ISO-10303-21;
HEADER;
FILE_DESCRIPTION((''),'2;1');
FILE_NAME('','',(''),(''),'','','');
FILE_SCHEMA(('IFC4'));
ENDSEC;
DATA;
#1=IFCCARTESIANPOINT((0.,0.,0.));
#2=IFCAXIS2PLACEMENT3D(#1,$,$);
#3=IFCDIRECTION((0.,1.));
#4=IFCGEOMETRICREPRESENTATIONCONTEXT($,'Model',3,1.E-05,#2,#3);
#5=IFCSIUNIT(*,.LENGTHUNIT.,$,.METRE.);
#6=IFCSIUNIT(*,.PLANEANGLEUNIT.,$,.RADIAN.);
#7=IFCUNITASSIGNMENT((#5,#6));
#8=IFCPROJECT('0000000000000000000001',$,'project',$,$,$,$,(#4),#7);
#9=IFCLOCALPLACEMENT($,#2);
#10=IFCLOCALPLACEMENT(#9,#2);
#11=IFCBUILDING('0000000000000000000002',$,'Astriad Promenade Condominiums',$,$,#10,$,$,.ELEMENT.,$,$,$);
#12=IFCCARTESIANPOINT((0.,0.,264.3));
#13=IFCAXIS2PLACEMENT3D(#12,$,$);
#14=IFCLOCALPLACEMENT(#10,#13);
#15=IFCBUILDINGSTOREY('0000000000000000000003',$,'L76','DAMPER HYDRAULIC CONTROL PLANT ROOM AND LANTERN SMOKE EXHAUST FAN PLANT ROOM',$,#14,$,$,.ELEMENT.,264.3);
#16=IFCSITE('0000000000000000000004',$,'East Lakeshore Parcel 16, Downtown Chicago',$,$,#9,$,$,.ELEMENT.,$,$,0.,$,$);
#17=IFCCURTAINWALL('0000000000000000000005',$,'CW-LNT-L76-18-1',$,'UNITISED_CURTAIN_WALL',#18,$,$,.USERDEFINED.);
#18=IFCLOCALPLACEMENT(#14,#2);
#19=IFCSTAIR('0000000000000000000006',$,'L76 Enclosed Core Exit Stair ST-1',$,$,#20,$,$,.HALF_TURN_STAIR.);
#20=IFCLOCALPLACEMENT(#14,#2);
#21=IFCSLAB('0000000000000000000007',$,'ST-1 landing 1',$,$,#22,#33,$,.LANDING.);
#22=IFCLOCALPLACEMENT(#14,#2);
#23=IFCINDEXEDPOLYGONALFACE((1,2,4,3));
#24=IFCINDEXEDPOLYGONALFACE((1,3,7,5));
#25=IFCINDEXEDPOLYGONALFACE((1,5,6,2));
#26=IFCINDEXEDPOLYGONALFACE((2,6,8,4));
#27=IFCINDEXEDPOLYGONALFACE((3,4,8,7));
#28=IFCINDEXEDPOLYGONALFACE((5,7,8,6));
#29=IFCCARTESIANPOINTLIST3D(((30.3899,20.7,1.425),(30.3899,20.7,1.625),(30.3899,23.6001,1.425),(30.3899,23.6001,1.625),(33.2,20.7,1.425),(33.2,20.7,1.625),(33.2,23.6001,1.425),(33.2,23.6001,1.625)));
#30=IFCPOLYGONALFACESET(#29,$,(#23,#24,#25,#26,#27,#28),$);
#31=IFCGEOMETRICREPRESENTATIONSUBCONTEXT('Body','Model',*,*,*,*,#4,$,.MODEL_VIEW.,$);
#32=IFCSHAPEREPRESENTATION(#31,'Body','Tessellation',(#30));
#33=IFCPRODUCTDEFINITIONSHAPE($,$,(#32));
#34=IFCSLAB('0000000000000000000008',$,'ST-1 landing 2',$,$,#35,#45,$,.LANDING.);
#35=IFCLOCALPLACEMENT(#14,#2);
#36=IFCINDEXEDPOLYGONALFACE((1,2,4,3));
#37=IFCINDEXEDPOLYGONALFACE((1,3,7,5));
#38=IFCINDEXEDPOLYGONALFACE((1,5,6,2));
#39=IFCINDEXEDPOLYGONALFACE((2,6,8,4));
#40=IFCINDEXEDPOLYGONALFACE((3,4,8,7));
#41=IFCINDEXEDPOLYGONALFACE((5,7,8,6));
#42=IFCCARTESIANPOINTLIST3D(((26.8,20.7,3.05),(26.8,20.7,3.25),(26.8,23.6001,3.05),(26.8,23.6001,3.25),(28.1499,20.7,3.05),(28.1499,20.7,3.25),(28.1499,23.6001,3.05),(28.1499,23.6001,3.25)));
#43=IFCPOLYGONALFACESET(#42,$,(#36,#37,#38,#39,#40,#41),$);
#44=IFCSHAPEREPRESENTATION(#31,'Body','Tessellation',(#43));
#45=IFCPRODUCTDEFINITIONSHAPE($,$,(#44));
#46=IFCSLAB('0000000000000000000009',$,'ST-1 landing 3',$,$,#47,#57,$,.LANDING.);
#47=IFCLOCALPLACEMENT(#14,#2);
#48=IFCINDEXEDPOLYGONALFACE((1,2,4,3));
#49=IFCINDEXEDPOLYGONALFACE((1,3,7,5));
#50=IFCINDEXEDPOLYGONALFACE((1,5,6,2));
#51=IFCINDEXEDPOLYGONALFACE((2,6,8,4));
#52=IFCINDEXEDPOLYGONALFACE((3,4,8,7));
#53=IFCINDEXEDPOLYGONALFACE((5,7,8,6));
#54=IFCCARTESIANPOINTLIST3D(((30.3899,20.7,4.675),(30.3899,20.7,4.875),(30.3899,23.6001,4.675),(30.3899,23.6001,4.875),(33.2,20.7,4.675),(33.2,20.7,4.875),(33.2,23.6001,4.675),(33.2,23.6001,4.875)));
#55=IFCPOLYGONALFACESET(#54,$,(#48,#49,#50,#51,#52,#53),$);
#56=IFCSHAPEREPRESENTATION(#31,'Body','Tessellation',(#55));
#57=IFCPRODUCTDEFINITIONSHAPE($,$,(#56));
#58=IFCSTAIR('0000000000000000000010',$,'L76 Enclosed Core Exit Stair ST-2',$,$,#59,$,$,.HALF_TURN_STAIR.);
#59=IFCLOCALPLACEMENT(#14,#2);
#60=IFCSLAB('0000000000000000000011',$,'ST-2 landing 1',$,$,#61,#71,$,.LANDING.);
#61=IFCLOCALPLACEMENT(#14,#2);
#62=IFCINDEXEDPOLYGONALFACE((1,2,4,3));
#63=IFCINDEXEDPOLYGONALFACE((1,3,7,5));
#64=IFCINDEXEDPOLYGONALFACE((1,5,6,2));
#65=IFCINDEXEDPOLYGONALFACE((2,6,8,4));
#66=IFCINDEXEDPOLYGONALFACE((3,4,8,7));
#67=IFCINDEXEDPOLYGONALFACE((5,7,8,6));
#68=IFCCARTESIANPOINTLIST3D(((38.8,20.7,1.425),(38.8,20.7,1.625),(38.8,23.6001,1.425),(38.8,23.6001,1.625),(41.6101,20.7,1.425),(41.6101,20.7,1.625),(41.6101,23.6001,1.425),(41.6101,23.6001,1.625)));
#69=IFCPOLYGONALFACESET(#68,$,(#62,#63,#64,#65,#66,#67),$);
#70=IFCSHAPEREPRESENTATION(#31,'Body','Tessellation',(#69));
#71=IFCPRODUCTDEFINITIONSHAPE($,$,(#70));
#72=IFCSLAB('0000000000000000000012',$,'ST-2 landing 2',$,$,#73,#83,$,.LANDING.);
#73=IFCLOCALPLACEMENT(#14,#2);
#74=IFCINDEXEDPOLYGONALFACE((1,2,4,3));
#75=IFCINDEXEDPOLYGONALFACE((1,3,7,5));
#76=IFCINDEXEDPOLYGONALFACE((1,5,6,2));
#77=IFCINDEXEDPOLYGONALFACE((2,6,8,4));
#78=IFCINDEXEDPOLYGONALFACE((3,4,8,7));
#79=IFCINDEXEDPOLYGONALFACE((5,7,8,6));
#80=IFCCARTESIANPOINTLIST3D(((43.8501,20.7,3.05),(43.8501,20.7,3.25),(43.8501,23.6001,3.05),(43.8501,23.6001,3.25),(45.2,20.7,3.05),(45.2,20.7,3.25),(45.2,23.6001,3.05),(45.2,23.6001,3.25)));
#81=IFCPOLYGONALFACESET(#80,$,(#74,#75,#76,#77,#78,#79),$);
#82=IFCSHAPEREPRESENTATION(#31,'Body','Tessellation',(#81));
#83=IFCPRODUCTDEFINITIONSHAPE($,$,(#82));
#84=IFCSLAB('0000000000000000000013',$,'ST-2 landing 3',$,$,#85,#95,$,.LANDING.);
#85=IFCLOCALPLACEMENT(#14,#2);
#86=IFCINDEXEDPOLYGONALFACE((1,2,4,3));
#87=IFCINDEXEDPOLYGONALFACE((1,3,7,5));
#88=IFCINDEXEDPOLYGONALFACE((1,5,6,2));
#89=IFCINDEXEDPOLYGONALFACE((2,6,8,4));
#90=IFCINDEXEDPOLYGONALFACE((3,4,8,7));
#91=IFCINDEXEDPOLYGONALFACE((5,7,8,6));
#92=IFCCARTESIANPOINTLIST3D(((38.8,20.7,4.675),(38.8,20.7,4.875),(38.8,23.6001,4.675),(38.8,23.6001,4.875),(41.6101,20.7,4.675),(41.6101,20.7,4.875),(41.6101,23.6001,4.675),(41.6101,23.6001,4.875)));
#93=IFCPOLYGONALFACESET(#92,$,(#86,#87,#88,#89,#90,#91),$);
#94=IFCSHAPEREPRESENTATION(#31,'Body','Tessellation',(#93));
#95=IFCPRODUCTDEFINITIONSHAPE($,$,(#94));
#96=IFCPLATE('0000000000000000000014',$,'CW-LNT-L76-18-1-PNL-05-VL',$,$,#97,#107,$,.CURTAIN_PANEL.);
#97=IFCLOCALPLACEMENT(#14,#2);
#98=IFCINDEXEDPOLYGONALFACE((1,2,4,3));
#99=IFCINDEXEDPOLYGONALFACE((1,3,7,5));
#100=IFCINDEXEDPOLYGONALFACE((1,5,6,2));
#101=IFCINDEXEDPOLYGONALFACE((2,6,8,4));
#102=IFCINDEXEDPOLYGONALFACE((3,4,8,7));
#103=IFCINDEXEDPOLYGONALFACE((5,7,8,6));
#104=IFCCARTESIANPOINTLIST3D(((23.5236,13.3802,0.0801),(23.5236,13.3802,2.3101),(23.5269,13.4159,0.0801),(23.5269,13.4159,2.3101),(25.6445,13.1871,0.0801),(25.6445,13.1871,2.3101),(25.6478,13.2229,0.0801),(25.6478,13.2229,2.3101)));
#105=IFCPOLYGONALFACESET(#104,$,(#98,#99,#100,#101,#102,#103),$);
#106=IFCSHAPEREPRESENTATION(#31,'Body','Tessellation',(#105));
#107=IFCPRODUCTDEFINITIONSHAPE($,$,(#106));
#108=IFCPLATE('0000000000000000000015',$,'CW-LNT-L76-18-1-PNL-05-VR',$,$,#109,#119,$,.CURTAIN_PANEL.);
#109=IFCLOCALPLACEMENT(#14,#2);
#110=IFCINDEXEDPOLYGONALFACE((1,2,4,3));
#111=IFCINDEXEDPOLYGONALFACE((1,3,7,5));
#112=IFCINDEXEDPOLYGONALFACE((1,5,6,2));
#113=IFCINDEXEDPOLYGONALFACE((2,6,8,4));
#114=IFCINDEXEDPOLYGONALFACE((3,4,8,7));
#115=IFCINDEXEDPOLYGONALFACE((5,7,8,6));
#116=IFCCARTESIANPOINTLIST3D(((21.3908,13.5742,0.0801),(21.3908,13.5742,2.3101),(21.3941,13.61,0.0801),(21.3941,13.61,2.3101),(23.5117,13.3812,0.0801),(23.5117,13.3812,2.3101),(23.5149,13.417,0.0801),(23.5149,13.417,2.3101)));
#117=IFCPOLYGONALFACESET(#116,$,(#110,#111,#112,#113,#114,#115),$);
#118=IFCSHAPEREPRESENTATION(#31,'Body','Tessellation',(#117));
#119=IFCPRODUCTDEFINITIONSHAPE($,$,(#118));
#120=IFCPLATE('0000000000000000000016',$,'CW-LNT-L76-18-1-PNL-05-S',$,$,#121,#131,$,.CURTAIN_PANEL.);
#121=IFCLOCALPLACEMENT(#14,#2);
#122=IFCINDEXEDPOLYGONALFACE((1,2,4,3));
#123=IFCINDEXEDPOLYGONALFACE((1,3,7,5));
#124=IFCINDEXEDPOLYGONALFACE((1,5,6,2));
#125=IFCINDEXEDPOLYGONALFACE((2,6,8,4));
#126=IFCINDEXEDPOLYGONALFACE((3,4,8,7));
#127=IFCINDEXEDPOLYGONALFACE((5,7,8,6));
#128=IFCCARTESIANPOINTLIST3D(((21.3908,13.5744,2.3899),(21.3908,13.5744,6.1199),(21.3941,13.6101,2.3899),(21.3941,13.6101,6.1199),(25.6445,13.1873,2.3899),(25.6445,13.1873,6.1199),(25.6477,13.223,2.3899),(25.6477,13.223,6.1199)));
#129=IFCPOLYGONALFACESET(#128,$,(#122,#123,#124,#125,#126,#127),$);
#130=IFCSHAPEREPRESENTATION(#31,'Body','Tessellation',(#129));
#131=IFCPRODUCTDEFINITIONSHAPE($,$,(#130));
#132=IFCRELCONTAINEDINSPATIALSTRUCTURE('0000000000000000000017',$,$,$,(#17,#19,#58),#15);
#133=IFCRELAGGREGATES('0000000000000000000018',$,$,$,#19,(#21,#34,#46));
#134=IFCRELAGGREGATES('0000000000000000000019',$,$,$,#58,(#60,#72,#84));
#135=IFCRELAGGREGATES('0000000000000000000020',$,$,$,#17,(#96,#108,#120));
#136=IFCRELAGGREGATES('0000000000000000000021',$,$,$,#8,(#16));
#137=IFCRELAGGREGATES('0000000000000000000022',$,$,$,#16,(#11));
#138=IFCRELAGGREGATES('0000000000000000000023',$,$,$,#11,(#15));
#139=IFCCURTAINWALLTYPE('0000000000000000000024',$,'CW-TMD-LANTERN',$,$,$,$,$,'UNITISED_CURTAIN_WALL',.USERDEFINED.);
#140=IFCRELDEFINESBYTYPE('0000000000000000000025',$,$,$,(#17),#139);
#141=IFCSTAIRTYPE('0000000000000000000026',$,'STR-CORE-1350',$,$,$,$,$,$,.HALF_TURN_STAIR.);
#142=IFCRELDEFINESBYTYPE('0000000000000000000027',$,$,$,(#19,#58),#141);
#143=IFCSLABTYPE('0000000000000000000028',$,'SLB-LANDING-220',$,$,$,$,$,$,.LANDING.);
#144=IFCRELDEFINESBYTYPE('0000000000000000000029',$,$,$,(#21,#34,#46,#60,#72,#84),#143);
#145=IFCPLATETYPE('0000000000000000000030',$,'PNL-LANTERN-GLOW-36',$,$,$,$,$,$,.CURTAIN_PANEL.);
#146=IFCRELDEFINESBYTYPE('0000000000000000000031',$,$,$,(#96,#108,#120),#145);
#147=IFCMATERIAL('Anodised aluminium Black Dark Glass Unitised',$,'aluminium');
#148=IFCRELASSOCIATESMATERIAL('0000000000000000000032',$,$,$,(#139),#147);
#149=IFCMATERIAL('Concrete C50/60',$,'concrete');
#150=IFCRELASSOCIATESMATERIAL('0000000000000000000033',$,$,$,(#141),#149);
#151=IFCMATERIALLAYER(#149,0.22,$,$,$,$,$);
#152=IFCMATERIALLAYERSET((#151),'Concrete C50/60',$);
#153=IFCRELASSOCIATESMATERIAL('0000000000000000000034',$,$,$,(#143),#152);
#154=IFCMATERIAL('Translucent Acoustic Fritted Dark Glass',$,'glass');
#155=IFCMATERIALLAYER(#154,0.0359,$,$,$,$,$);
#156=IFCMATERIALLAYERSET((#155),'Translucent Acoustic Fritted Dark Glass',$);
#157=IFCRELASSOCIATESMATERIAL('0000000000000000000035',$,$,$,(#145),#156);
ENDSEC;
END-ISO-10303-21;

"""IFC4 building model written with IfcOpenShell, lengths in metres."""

from ifc_helpers import new_model, si_unit, direction, frame, origin, origin_2d, place, context, subcontext, project, spatial, polyline, rectangle, outline, extrude, source, transform, mapped, material, layer, layer_set, type_object, type_shapes, element, aggregate, save


model = new_model("IFC4")

# Units and contexts
model_context = context("Model", 3, precision=1e-05, world=origin(), true_north=direction((0.0, 1.0)))
body_context = subcontext(model_context, "Body", "Model", "MODEL_VIEW")
ifc_project = project(units=[si_unit("LENGTHUNIT", "METRE"), si_unit("PLANEANGLEUNIT", "RADIAN")], contexts=[model_context])

# Site, building, storey
site_placement = place(None, origin())
site = spatial("IfcSite", under=ifc_project, at=site_placement, Name="East Lakeshore Parcel 16, Downtown Chicago", CompositionType="ELEMENT", RefElevation=0.0)
building_placement = place(site_placement, origin())
building = spatial("IfcBuilding", under=site, at=building_placement, Name="Astriad Promenade Condominiums", CompositionType="ELEMENT")
storey_placement = place(building_placement, frame((0.0, 0.0, 264.3)))
storey = spatial("IfcBuildingStorey", under=building, at=storey_placement, Name="L76", Description="DAMPER HYDRAULIC CONTROL PLANT ROOM AND LANTERN SMOKE EXHAUST FAN PLANT ROOM", CompositionType="ELEMENT", Elevation=264.3)

# Curtain wall
ifc_material_1 = material(Name="Anodised aluminium Black Dark Glass Unitised", Category="aluminium")
curtain_wall_type = type_object("IfcCurtainWallType", Name="CW-TMD-LANTERN", ElementType="UNITISED_CURTAIN_WALL", PredefinedType="USERDEFINED", material=ifc_material_1)
curtain_wall_placement = place(storey_placement, origin())
curtain_wall = element("IfcCurtainWall", 1, at=curtain_wall_placement, inside=storey, type_object=curtain_wall_type, Name="CW-LNT-L76-18-1", ObjectType="UNITISED_CURTAIN_WALL", PredefinedType="USERDEFINED")

# Stairs, slabs
ifc_material_2 = material(Name="Concrete C50/60", Category="concrete")
stair_type = type_object("IfcStairType", Name="STR-CORE-1350", PredefinedType="HALF_TURN_STAIR", material=ifc_material_2)
stair_1_placement = place(storey_placement, origin())
stair_1 = element("IfcStair", 2, at=stair_1_placement, inside=storey, type_object=stair_type, Name="L76 Enclosed Core Exit Stair ST-1", PredefinedType="HALF_TURN_STAIR")
ifc_layer_1 = layer(ifc_material_2, 0.22)
ifc_layer_set_1 = layer_set([ifc_layer_1], Name="Concrete C50/60")
slab_type_1 = type_object("IfcSlabType", Name="SLB-LANDING-220", PredefinedType="LANDING", material=ifc_layer_set_1)
slab_1_placement = place(storey_placement, frame((0.0, 0.0, 1.425)))
slab_1 = element("IfcSlab", 3, at=slab_1_placement, type_object=slab_type_1, Name="ST-1 landing 1", PredefinedType="LANDING", context=body_context, shape_type="SweptSolid", body=[
    extrude(outline(polyline([(30.3899, 20.7), (33.2, 20.7), (33.2, 23.6001), (30.3899, 23.6001), (30.3899, 20.7)])), origin(), (0.0, 0.0, 1.0), 0.2),
])
slab_2_placement = place(storey_placement, frame((0.0, 0.0, 3.05)))
slab_2 = element("IfcSlab", 4, at=slab_2_placement, type_object=slab_type_1, Name="ST-1 landing 2", PredefinedType="LANDING", context=body_context, shape_type="SweptSolid", body=[
    extrude(outline(polyline([(26.8, 20.7), (28.1499, 20.7), (28.1499, 23.6001), (26.8, 23.6001), (26.8, 20.7)])), origin(), (0.0, 0.0, 1.0), 0.2),
])
slab_3_placement = place(storey_placement, frame((0.0, 0.0, 4.675)))
slab_3 = element("IfcSlab", 5, at=slab_3_placement, type_object=slab_type_1, Name="ST-1 landing 3", PredefinedType="LANDING", context=body_context, shape_type="SweptSolid", body=[
    extrude(outline(polyline([(30.3899, 20.7), (33.2, 20.7), (33.2, 23.6001), (30.3899, 23.6001), (30.3899, 20.7)])), origin(), (0.0, 0.0, 1.0), 0.2),
])
aggregate(stair_1, [slab_1, slab_2, slab_3])
stair_2_placement = place(storey_placement, origin())
stair_2 = element("IfcStair", 6, at=stair_2_placement, inside=storey, type_object=stair_type, Name="L76 Enclosed Core Exit Stair ST-2", PredefinedType="HALF_TURN_STAIR")
slab_4_placement = place(storey_placement, frame((0.0, 0.0, 1.425)))
slab_4 = element("IfcSlab", 7, at=slab_4_placement, type_object=slab_type_1, Name="ST-2 landing 1", PredefinedType="LANDING", context=body_context, shape_type="SweptSolid", body=[
    extrude(outline(polyline([(41.6101, 23.6001), (38.8, 23.6001), (38.8, 20.7), (41.6101, 20.7), (41.6101, 23.6001)])), origin(), (0.0, 0.0, 1.0), 0.2),
])
slab_5_placement = place(storey_placement, frame((0.0, 0.0, 3.05)))
slab_5 = element("IfcSlab", 8, at=slab_5_placement, type_object=slab_type_1, Name="ST-2 landing 2", PredefinedType="LANDING", context=body_context, shape_type="SweptSolid", body=[
    extrude(outline(polyline([(45.2, 23.6001), (43.8501, 23.6001), (43.8501, 20.7), (45.2, 20.7), (45.2, 23.6001)])), origin(), (0.0, 0.0, 1.0), 0.2),
])
slab_6_placement = place(storey_placement, frame((0.0, 0.0, 4.675)))
slab_6 = element("IfcSlab", 9, at=slab_6_placement, type_object=slab_type_1, Name="ST-2 landing 3", PredefinedType="LANDING", context=body_context, shape_type="SweptSolid", body=[
    extrude(outline(polyline([(41.6101, 23.6001), (38.8, 23.6001), (38.8, 20.7), (41.6101, 20.7), (41.6101, 23.6001)])), origin(), (0.0, 0.0, 1.0), 0.2),
])
aggregate(stair_2, [slab_4, slab_5, slab_6])

# Plates
ifc_material_3 = material(Name="Translucent Acoustic Fritted Dark Glass", Category="glass")
ifc_layer_2 = layer(ifc_material_3, 0.0359)
ifc_layer_set_2 = layer_set([ifc_layer_2], Name="Translucent Acoustic Fritted Dark Glass")
plate_type = type_object("IfcPlateType", Name="PNL-LANTERN-GLOW-36", PredefinedType="CURTAIN_PANEL", material=ifc_layer_set_2)
shared_shape_1 = source(origin(), body_context, "Body", "SweptSolid", [
    extrude(rectangle(XDim=2.1296, YDim=0.0359, at=origin_2d()), origin(), (0.0, 0.0, 1.0), 2.23),
])
plate_1_placement = place(storey_placement, frame((24.5857, 13.3015, 0.0801), z_axis=(0.0, 0.0, 1.0), x_axis=(-0.995884, 0.090633, 0.0)))
plate_1 = element("IfcPlate", 10, at=plate_1_placement, type_object=plate_type, Name="CW-LNT-L76-18-1-PNL-05-VL", PredefinedType="CURTAIN_PANEL", context=body_context, shape_type="MappedRepresentation", body=[
    mapped(shared_shape_1, transform((0.0, 0.0, 0.0), scale=1.0)),
])
plate_2_placement = place(storey_placement, frame((22.4529, 13.4956, 0.0801), z_axis=(0.0, 0.0, 1.0), x_axis=(-0.995884, 0.090633, 0.0)))
plate_2 = element("IfcPlate", 11, at=plate_2_placement, type_object=plate_type, Name="CW-LNT-L76-18-1-PNL-05-VR", PredefinedType="CURTAIN_PANEL", context=body_context, shape_type="MappedRepresentation", body=[
    mapped(shared_shape_1, transform((0.0, 0.0, 0.0), scale=1.0)),
])
shared_shape_2 = source(origin(), body_context, "Body", "SweptSolid", [
    extrude(rectangle(XDim=4.2712, YDim=0.0359, at=origin_2d()), origin(), (0.0, 0.0, 1.0), 3.73),
])
type_shapes(plate_type, [shared_shape_1, shared_shape_2])
plate_3_placement = place(storey_placement, frame((23.5193, 13.3987, 2.3899), z_axis=(0.0, 0.0, 1.0), x_axis=(-0.995884, 0.090633, 0.0)))
plate_3 = element("IfcPlate", 12, at=plate_3_placement, type_object=plate_type, Name="CW-LNT-L76-18-1-PNL-05-S", PredefinedType="CURTAIN_PANEL", context=body_context, shape_type="MappedRepresentation", body=[
    mapped(shared_shape_2, transform((0.0, 0.0, 0.0), scale=1.0)),
])
aggregate(curtain_wall, [plate_1, plate_2, plate_3])

save(model, "model.ifc")
